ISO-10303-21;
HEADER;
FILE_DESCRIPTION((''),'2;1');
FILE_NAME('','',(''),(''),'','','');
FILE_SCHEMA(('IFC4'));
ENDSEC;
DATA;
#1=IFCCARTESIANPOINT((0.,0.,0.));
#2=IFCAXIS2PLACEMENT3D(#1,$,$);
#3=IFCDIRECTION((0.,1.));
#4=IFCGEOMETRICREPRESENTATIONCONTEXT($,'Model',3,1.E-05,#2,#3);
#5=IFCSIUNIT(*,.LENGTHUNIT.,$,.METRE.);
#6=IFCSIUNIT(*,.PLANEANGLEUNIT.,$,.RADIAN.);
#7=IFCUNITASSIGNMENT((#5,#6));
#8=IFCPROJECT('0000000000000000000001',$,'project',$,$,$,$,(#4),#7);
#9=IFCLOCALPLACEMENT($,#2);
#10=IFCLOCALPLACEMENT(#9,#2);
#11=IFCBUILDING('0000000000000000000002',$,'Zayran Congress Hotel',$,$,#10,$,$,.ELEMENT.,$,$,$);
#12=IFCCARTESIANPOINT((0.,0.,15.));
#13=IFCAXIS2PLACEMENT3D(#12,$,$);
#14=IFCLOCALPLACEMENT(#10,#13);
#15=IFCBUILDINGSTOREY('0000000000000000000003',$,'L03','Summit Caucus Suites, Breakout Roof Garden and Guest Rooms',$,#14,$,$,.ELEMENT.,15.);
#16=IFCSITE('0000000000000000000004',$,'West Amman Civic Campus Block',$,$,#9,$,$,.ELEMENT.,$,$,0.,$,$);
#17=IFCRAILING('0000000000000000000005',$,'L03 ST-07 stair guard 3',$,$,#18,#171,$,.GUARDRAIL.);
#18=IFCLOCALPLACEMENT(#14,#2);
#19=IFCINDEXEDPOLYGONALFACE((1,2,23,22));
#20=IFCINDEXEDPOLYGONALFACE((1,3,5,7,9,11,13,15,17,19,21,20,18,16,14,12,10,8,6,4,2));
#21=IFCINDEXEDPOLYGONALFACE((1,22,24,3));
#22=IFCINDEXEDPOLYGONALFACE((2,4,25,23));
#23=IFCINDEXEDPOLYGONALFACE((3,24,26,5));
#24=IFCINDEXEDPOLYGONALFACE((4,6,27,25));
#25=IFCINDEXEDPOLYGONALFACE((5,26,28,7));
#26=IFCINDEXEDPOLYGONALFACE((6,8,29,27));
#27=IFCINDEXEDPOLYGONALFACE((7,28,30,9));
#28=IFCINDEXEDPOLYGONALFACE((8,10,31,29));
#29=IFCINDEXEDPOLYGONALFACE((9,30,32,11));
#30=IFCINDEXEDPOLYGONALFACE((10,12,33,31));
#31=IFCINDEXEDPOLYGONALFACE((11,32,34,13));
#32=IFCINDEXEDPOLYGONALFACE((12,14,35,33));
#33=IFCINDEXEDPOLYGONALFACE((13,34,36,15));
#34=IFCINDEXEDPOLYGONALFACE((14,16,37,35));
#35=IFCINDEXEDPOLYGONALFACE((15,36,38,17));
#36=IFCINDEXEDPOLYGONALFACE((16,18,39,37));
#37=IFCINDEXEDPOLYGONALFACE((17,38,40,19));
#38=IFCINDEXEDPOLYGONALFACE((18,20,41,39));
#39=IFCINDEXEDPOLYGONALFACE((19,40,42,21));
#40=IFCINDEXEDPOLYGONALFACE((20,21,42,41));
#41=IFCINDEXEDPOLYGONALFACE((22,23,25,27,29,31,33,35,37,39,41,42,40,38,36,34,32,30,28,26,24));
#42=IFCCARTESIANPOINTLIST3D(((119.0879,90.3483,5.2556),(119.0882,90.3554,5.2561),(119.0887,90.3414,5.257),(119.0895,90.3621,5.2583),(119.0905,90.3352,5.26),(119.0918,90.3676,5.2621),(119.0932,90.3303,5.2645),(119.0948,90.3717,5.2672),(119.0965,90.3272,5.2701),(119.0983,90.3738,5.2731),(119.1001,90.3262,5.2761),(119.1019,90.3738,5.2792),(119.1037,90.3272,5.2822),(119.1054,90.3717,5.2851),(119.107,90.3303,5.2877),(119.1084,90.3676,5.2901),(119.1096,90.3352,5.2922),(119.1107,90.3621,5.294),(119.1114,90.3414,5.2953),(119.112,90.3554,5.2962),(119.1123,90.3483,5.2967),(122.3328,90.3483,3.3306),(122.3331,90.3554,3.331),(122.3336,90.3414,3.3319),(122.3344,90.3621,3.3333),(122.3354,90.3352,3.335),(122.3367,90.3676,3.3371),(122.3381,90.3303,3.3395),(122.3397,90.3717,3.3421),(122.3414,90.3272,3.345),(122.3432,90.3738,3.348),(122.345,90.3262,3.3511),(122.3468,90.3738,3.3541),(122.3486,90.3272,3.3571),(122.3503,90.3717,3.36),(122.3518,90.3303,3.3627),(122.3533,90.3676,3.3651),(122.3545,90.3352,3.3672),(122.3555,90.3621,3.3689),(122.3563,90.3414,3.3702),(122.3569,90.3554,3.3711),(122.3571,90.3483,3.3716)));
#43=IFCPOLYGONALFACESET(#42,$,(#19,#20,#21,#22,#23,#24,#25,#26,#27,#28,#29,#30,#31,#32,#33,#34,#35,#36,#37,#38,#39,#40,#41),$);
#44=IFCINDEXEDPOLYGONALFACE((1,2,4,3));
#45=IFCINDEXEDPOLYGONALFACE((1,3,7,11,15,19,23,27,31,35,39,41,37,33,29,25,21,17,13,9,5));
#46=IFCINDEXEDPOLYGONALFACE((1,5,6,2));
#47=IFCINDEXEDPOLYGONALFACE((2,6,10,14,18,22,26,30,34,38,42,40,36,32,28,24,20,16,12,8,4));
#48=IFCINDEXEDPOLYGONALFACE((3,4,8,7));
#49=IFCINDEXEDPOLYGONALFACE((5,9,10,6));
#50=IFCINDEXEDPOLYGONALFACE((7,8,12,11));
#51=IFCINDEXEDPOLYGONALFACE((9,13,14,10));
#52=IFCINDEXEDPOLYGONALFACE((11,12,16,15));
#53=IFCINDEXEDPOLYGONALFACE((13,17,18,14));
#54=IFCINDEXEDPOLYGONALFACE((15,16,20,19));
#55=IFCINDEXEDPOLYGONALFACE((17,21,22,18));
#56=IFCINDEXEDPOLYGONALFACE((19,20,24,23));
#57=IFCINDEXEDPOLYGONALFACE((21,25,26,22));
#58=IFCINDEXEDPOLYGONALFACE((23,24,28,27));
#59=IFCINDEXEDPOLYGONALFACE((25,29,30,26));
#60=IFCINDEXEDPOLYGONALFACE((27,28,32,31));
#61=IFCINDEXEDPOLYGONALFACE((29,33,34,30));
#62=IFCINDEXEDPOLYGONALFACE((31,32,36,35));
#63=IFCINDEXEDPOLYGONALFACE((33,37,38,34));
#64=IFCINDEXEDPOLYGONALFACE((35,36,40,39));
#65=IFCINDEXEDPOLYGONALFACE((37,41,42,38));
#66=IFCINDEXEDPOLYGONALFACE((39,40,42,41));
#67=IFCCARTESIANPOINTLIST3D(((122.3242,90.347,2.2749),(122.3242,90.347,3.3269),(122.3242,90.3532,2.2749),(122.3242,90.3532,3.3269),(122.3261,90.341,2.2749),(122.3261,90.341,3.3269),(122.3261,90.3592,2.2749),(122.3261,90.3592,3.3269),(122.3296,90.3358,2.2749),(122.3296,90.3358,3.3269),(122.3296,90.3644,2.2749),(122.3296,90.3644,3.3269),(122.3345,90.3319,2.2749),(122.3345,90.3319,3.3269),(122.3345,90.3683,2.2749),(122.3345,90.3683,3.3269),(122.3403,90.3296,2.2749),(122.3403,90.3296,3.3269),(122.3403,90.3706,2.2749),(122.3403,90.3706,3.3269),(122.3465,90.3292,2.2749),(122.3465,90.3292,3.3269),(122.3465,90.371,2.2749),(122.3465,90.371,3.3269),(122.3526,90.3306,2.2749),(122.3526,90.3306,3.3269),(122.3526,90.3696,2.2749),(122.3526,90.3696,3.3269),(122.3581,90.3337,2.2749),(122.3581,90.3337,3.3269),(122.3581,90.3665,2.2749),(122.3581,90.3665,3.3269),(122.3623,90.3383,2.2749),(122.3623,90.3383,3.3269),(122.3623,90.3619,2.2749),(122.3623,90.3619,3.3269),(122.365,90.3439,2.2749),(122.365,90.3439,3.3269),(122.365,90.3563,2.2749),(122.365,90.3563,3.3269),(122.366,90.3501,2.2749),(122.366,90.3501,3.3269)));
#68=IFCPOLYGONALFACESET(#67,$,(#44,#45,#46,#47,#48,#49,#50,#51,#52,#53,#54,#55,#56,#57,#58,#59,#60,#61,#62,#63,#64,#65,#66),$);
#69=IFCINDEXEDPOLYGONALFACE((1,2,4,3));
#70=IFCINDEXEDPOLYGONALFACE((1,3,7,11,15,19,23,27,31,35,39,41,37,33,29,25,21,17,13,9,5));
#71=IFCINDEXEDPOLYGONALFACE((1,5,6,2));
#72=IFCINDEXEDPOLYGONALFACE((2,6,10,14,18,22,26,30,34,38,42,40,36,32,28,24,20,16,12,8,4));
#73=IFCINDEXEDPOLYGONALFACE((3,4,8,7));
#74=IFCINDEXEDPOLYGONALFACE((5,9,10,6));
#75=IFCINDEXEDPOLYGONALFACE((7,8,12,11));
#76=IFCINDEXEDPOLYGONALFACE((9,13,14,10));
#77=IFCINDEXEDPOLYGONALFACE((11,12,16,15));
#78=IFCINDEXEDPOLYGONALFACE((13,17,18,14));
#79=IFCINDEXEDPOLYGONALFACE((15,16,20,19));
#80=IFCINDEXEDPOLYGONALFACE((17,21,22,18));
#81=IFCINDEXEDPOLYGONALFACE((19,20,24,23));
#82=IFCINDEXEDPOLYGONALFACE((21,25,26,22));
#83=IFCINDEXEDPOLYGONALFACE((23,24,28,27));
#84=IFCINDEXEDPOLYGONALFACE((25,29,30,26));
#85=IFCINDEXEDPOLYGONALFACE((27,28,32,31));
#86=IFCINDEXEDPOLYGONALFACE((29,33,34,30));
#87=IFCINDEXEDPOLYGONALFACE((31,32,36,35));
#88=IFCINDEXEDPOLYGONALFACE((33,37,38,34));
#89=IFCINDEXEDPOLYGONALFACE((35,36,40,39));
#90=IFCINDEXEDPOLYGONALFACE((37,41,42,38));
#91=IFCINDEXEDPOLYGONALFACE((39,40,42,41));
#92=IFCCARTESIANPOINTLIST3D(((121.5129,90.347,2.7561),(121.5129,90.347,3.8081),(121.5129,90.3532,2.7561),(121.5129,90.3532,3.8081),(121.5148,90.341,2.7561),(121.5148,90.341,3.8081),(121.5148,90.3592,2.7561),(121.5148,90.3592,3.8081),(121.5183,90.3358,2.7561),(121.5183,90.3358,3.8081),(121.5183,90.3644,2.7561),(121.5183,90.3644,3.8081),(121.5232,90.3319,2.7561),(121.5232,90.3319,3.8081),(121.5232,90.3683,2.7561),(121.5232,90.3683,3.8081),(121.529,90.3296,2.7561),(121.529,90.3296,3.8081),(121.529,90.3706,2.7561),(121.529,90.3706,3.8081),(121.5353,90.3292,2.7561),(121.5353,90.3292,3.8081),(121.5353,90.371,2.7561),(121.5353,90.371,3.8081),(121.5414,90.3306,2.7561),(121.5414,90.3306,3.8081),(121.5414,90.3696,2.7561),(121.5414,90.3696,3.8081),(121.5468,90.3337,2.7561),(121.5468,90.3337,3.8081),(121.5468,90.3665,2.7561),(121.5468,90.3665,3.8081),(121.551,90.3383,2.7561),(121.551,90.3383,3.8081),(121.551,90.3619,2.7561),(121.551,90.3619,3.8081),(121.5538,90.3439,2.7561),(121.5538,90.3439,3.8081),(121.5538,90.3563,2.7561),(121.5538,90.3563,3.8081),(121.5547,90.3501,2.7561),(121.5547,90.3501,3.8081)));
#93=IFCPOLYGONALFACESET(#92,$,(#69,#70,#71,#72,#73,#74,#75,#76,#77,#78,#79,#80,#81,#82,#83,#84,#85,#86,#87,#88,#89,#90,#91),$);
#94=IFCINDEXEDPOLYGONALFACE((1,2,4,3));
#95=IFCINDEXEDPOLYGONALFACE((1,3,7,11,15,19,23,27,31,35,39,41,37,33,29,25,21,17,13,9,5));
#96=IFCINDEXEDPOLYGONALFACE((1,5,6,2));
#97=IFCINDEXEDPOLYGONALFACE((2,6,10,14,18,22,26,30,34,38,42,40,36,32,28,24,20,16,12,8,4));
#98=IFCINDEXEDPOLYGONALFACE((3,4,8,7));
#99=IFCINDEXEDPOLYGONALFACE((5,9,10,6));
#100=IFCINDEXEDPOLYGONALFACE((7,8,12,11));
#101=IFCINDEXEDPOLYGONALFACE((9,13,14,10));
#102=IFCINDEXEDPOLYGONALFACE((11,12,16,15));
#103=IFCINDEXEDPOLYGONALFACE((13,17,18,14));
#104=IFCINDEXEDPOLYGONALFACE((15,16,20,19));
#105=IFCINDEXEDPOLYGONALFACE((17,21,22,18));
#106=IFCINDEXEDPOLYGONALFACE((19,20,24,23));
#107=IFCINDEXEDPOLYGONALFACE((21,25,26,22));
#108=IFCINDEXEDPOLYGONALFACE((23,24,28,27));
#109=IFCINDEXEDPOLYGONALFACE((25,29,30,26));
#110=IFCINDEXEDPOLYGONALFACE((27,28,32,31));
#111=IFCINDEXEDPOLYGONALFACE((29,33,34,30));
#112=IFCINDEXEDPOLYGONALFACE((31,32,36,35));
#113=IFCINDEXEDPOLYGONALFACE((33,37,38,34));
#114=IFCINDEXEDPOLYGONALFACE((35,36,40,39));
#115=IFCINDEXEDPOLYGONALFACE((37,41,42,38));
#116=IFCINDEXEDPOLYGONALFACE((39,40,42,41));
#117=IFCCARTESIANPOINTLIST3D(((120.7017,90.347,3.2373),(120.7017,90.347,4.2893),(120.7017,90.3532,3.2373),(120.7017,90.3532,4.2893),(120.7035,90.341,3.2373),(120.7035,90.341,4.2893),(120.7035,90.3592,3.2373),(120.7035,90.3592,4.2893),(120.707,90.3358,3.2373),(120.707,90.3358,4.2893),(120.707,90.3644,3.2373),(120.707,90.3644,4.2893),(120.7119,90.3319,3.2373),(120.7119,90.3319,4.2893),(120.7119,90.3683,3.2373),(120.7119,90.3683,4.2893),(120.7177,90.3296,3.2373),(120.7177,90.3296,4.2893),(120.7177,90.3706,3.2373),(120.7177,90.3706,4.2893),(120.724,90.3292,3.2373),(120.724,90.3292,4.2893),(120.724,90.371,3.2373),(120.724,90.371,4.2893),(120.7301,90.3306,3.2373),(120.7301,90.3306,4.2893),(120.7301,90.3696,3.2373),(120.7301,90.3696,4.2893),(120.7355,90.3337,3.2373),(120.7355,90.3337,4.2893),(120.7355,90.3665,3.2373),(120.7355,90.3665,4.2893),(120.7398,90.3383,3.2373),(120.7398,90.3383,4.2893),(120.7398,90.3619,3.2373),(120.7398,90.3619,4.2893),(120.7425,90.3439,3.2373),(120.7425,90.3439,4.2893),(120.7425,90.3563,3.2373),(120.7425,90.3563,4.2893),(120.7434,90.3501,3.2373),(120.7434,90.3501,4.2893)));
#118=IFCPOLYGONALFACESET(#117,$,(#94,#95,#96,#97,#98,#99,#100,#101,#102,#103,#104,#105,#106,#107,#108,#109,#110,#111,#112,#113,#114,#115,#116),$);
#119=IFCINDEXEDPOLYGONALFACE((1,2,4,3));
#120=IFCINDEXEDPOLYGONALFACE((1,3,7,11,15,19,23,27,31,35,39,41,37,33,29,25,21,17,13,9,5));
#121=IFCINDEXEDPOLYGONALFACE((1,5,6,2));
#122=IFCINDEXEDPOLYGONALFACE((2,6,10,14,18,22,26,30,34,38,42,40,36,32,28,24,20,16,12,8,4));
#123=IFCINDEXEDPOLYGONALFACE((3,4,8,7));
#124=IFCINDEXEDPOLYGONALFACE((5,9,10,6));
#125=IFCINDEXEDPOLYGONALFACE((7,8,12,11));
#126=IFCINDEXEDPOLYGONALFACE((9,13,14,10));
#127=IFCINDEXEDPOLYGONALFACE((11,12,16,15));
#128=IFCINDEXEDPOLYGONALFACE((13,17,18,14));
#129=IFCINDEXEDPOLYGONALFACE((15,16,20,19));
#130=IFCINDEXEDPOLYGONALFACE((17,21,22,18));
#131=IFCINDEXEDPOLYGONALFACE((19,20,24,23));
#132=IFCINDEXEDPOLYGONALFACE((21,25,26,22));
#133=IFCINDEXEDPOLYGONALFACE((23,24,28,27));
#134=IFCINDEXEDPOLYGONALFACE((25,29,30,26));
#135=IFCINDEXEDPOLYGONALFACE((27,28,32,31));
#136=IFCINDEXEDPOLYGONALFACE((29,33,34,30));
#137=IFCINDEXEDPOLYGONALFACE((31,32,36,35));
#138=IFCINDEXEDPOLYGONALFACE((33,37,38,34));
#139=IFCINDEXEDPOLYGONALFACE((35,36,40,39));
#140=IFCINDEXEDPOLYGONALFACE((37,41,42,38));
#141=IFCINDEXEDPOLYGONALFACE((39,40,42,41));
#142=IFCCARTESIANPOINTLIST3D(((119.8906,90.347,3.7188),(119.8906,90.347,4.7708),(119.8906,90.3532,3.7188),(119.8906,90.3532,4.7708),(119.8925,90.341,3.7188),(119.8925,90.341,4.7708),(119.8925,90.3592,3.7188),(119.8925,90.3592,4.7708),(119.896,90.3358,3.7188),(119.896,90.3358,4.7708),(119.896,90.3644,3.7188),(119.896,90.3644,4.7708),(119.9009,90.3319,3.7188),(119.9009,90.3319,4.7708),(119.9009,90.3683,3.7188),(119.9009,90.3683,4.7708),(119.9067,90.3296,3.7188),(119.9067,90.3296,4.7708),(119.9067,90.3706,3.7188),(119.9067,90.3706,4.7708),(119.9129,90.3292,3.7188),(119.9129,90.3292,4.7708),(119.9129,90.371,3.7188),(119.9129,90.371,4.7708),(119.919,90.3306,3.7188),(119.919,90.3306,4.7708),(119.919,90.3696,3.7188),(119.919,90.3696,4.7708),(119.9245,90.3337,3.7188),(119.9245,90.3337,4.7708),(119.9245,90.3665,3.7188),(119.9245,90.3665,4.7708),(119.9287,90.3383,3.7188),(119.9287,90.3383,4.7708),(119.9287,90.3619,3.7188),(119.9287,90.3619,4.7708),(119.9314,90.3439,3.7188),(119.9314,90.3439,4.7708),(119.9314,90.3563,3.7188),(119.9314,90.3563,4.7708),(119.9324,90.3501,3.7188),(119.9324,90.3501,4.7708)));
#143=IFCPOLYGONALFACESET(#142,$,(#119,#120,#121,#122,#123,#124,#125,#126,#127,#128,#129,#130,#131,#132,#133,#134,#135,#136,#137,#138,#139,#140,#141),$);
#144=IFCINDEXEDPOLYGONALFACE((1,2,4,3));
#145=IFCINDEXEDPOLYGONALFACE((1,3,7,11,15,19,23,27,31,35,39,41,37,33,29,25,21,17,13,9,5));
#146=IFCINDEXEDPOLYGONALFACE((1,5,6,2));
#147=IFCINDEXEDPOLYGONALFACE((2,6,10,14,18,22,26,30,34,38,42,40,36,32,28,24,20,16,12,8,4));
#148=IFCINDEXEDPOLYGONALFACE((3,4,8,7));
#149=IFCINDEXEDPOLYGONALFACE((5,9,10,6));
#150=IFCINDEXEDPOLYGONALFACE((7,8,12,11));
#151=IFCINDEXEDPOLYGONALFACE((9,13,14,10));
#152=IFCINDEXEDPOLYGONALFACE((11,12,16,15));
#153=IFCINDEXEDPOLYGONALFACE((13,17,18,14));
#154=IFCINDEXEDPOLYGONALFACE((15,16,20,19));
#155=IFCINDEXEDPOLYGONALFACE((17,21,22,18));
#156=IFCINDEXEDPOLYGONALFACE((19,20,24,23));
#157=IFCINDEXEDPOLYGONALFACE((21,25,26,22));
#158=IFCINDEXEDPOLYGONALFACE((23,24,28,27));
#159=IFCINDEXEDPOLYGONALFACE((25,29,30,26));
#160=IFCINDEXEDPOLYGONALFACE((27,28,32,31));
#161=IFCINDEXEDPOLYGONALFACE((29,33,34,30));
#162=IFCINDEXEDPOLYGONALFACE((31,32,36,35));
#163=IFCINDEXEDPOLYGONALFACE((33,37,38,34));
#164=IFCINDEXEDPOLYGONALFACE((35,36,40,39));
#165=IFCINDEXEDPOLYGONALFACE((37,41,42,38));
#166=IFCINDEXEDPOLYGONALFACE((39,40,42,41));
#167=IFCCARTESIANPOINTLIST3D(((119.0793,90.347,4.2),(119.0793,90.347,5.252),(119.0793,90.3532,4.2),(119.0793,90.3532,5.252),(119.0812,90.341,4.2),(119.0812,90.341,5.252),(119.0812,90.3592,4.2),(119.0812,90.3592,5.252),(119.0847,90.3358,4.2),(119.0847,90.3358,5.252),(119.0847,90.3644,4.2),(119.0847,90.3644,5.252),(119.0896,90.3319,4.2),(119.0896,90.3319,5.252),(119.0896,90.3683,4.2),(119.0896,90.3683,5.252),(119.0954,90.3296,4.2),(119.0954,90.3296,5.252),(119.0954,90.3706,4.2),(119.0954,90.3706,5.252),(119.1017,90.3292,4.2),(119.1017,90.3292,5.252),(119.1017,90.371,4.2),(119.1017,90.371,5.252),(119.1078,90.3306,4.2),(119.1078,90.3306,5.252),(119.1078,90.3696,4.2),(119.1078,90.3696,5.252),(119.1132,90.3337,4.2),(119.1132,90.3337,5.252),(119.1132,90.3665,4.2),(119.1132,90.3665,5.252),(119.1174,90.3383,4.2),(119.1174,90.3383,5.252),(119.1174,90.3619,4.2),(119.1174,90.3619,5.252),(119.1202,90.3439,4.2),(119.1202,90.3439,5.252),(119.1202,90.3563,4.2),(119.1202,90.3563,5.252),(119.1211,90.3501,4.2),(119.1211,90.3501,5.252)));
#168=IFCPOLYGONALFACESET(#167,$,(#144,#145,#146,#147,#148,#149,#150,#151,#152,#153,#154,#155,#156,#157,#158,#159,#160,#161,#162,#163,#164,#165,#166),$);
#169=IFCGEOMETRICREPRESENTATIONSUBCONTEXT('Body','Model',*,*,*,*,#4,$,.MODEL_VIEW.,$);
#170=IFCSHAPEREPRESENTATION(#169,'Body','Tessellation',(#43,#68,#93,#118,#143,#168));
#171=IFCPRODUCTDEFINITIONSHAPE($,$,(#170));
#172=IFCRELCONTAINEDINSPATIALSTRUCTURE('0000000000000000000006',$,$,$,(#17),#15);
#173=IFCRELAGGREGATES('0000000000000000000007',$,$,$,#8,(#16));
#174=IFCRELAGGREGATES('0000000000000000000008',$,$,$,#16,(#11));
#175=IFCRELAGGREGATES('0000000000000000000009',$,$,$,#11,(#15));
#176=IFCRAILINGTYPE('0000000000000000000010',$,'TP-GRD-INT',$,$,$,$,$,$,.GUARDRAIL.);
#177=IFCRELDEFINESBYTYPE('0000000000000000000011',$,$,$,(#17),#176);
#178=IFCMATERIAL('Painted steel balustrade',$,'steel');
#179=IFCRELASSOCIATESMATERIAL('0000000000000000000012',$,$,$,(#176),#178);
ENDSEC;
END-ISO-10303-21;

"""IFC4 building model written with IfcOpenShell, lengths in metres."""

from ifc_helpers import new_model, si_unit, direction, frame, origin, origin_2d, place, context, subcontext, project, spatial, circle, extrude, material, type_object, element, save


model = new_model("IFC4")

# Units and contexts
model_context = context("Model", 3, precision=1e-05, world=origin(), true_north=direction((0.0, 1.0)))
body_context = subcontext(model_context, "Body", "Model", "MODEL_VIEW")
ifc_project = project(units=[si_unit("LENGTHUNIT", "METRE"), si_unit("PLANEANGLEUNIT", "RADIAN")], contexts=[model_context])

# Site, building, storey
site_placement = place(None, origin())
site = spatial("IfcSite", under=ifc_project, at=site_placement, Name="West Amman Civic Campus Block", CompositionType="ELEMENT", RefElevation=0.0)
building_placement = place(site_placement, origin())
building = spatial("IfcBuilding", under=site, at=building_placement, Name="Zayran Congress Hotel", CompositionType="ELEMENT")
storey_placement = place(building_placement, frame((0.0, 0.0, 15.0)))
storey = spatial("IfcBuildingStorey", under=building, at=storey_placement, Name="L03", Description="Summit Caucus Suites, Breakout Roof Garden and Guest Rooms", CompositionType="ELEMENT", Elevation=15.0)

# Railing
ifc_material_1 = material(Name="Painted steel balustrade", Category="steel")
railing_type = type_object("IfcRailingType", Name="TP-GRD-INT", PredefinedType="GUARDRAIL", material=ifc_material_1)
railing_1_placement = place(storey_placement, frame((122.345, 90.3501, 2.2749)))
element("IfcRailing", 1, at=railing_1_placement, inside=storey, type_object=railing_type, Name="L03 ST-07 stair guard 3", PredefinedType="GUARDRAIL", context=body_context, shape_type="SweptSolid", body=[
    extrude(circle(Radius=0.0239, at=origin_2d()), frame((0.0, 0.0, 1.0762), z_axis=(-0.86004, 0.0, 0.510226), x_axis=(0.0, -1.0, 0.0)), (0.0, 0.0, 1.0), 3.7729),
    extrude(circle(Radius=0.021, at=origin_2d()), origin(), (0.0, 0.0, 1.0), 1.052),
    extrude(circle(Radius=0.021, at=origin_2d()), frame((-0.8113, 0.0, 0.4812)), (0.0, 0.0, 1.0), 1.052),
    extrude(circle(Radius=0.021, at=origin_2d()), frame((-1.6226, 0.0, 0.9624)), (0.0, 0.0, 1.0), 1.052),
    extrude(circle(Radius=0.021, at=origin_2d()), frame((-2.4336, 0.0, 1.4438)), (0.0, 0.0, 1.0), 1.052),
    extrude(circle(Radius=0.021, at=origin_2d()), frame((-3.2449, 0.0, 1.925)), (0.0, 0.0, 1.0), 1.052),
])

save(model, "model.ifc")
